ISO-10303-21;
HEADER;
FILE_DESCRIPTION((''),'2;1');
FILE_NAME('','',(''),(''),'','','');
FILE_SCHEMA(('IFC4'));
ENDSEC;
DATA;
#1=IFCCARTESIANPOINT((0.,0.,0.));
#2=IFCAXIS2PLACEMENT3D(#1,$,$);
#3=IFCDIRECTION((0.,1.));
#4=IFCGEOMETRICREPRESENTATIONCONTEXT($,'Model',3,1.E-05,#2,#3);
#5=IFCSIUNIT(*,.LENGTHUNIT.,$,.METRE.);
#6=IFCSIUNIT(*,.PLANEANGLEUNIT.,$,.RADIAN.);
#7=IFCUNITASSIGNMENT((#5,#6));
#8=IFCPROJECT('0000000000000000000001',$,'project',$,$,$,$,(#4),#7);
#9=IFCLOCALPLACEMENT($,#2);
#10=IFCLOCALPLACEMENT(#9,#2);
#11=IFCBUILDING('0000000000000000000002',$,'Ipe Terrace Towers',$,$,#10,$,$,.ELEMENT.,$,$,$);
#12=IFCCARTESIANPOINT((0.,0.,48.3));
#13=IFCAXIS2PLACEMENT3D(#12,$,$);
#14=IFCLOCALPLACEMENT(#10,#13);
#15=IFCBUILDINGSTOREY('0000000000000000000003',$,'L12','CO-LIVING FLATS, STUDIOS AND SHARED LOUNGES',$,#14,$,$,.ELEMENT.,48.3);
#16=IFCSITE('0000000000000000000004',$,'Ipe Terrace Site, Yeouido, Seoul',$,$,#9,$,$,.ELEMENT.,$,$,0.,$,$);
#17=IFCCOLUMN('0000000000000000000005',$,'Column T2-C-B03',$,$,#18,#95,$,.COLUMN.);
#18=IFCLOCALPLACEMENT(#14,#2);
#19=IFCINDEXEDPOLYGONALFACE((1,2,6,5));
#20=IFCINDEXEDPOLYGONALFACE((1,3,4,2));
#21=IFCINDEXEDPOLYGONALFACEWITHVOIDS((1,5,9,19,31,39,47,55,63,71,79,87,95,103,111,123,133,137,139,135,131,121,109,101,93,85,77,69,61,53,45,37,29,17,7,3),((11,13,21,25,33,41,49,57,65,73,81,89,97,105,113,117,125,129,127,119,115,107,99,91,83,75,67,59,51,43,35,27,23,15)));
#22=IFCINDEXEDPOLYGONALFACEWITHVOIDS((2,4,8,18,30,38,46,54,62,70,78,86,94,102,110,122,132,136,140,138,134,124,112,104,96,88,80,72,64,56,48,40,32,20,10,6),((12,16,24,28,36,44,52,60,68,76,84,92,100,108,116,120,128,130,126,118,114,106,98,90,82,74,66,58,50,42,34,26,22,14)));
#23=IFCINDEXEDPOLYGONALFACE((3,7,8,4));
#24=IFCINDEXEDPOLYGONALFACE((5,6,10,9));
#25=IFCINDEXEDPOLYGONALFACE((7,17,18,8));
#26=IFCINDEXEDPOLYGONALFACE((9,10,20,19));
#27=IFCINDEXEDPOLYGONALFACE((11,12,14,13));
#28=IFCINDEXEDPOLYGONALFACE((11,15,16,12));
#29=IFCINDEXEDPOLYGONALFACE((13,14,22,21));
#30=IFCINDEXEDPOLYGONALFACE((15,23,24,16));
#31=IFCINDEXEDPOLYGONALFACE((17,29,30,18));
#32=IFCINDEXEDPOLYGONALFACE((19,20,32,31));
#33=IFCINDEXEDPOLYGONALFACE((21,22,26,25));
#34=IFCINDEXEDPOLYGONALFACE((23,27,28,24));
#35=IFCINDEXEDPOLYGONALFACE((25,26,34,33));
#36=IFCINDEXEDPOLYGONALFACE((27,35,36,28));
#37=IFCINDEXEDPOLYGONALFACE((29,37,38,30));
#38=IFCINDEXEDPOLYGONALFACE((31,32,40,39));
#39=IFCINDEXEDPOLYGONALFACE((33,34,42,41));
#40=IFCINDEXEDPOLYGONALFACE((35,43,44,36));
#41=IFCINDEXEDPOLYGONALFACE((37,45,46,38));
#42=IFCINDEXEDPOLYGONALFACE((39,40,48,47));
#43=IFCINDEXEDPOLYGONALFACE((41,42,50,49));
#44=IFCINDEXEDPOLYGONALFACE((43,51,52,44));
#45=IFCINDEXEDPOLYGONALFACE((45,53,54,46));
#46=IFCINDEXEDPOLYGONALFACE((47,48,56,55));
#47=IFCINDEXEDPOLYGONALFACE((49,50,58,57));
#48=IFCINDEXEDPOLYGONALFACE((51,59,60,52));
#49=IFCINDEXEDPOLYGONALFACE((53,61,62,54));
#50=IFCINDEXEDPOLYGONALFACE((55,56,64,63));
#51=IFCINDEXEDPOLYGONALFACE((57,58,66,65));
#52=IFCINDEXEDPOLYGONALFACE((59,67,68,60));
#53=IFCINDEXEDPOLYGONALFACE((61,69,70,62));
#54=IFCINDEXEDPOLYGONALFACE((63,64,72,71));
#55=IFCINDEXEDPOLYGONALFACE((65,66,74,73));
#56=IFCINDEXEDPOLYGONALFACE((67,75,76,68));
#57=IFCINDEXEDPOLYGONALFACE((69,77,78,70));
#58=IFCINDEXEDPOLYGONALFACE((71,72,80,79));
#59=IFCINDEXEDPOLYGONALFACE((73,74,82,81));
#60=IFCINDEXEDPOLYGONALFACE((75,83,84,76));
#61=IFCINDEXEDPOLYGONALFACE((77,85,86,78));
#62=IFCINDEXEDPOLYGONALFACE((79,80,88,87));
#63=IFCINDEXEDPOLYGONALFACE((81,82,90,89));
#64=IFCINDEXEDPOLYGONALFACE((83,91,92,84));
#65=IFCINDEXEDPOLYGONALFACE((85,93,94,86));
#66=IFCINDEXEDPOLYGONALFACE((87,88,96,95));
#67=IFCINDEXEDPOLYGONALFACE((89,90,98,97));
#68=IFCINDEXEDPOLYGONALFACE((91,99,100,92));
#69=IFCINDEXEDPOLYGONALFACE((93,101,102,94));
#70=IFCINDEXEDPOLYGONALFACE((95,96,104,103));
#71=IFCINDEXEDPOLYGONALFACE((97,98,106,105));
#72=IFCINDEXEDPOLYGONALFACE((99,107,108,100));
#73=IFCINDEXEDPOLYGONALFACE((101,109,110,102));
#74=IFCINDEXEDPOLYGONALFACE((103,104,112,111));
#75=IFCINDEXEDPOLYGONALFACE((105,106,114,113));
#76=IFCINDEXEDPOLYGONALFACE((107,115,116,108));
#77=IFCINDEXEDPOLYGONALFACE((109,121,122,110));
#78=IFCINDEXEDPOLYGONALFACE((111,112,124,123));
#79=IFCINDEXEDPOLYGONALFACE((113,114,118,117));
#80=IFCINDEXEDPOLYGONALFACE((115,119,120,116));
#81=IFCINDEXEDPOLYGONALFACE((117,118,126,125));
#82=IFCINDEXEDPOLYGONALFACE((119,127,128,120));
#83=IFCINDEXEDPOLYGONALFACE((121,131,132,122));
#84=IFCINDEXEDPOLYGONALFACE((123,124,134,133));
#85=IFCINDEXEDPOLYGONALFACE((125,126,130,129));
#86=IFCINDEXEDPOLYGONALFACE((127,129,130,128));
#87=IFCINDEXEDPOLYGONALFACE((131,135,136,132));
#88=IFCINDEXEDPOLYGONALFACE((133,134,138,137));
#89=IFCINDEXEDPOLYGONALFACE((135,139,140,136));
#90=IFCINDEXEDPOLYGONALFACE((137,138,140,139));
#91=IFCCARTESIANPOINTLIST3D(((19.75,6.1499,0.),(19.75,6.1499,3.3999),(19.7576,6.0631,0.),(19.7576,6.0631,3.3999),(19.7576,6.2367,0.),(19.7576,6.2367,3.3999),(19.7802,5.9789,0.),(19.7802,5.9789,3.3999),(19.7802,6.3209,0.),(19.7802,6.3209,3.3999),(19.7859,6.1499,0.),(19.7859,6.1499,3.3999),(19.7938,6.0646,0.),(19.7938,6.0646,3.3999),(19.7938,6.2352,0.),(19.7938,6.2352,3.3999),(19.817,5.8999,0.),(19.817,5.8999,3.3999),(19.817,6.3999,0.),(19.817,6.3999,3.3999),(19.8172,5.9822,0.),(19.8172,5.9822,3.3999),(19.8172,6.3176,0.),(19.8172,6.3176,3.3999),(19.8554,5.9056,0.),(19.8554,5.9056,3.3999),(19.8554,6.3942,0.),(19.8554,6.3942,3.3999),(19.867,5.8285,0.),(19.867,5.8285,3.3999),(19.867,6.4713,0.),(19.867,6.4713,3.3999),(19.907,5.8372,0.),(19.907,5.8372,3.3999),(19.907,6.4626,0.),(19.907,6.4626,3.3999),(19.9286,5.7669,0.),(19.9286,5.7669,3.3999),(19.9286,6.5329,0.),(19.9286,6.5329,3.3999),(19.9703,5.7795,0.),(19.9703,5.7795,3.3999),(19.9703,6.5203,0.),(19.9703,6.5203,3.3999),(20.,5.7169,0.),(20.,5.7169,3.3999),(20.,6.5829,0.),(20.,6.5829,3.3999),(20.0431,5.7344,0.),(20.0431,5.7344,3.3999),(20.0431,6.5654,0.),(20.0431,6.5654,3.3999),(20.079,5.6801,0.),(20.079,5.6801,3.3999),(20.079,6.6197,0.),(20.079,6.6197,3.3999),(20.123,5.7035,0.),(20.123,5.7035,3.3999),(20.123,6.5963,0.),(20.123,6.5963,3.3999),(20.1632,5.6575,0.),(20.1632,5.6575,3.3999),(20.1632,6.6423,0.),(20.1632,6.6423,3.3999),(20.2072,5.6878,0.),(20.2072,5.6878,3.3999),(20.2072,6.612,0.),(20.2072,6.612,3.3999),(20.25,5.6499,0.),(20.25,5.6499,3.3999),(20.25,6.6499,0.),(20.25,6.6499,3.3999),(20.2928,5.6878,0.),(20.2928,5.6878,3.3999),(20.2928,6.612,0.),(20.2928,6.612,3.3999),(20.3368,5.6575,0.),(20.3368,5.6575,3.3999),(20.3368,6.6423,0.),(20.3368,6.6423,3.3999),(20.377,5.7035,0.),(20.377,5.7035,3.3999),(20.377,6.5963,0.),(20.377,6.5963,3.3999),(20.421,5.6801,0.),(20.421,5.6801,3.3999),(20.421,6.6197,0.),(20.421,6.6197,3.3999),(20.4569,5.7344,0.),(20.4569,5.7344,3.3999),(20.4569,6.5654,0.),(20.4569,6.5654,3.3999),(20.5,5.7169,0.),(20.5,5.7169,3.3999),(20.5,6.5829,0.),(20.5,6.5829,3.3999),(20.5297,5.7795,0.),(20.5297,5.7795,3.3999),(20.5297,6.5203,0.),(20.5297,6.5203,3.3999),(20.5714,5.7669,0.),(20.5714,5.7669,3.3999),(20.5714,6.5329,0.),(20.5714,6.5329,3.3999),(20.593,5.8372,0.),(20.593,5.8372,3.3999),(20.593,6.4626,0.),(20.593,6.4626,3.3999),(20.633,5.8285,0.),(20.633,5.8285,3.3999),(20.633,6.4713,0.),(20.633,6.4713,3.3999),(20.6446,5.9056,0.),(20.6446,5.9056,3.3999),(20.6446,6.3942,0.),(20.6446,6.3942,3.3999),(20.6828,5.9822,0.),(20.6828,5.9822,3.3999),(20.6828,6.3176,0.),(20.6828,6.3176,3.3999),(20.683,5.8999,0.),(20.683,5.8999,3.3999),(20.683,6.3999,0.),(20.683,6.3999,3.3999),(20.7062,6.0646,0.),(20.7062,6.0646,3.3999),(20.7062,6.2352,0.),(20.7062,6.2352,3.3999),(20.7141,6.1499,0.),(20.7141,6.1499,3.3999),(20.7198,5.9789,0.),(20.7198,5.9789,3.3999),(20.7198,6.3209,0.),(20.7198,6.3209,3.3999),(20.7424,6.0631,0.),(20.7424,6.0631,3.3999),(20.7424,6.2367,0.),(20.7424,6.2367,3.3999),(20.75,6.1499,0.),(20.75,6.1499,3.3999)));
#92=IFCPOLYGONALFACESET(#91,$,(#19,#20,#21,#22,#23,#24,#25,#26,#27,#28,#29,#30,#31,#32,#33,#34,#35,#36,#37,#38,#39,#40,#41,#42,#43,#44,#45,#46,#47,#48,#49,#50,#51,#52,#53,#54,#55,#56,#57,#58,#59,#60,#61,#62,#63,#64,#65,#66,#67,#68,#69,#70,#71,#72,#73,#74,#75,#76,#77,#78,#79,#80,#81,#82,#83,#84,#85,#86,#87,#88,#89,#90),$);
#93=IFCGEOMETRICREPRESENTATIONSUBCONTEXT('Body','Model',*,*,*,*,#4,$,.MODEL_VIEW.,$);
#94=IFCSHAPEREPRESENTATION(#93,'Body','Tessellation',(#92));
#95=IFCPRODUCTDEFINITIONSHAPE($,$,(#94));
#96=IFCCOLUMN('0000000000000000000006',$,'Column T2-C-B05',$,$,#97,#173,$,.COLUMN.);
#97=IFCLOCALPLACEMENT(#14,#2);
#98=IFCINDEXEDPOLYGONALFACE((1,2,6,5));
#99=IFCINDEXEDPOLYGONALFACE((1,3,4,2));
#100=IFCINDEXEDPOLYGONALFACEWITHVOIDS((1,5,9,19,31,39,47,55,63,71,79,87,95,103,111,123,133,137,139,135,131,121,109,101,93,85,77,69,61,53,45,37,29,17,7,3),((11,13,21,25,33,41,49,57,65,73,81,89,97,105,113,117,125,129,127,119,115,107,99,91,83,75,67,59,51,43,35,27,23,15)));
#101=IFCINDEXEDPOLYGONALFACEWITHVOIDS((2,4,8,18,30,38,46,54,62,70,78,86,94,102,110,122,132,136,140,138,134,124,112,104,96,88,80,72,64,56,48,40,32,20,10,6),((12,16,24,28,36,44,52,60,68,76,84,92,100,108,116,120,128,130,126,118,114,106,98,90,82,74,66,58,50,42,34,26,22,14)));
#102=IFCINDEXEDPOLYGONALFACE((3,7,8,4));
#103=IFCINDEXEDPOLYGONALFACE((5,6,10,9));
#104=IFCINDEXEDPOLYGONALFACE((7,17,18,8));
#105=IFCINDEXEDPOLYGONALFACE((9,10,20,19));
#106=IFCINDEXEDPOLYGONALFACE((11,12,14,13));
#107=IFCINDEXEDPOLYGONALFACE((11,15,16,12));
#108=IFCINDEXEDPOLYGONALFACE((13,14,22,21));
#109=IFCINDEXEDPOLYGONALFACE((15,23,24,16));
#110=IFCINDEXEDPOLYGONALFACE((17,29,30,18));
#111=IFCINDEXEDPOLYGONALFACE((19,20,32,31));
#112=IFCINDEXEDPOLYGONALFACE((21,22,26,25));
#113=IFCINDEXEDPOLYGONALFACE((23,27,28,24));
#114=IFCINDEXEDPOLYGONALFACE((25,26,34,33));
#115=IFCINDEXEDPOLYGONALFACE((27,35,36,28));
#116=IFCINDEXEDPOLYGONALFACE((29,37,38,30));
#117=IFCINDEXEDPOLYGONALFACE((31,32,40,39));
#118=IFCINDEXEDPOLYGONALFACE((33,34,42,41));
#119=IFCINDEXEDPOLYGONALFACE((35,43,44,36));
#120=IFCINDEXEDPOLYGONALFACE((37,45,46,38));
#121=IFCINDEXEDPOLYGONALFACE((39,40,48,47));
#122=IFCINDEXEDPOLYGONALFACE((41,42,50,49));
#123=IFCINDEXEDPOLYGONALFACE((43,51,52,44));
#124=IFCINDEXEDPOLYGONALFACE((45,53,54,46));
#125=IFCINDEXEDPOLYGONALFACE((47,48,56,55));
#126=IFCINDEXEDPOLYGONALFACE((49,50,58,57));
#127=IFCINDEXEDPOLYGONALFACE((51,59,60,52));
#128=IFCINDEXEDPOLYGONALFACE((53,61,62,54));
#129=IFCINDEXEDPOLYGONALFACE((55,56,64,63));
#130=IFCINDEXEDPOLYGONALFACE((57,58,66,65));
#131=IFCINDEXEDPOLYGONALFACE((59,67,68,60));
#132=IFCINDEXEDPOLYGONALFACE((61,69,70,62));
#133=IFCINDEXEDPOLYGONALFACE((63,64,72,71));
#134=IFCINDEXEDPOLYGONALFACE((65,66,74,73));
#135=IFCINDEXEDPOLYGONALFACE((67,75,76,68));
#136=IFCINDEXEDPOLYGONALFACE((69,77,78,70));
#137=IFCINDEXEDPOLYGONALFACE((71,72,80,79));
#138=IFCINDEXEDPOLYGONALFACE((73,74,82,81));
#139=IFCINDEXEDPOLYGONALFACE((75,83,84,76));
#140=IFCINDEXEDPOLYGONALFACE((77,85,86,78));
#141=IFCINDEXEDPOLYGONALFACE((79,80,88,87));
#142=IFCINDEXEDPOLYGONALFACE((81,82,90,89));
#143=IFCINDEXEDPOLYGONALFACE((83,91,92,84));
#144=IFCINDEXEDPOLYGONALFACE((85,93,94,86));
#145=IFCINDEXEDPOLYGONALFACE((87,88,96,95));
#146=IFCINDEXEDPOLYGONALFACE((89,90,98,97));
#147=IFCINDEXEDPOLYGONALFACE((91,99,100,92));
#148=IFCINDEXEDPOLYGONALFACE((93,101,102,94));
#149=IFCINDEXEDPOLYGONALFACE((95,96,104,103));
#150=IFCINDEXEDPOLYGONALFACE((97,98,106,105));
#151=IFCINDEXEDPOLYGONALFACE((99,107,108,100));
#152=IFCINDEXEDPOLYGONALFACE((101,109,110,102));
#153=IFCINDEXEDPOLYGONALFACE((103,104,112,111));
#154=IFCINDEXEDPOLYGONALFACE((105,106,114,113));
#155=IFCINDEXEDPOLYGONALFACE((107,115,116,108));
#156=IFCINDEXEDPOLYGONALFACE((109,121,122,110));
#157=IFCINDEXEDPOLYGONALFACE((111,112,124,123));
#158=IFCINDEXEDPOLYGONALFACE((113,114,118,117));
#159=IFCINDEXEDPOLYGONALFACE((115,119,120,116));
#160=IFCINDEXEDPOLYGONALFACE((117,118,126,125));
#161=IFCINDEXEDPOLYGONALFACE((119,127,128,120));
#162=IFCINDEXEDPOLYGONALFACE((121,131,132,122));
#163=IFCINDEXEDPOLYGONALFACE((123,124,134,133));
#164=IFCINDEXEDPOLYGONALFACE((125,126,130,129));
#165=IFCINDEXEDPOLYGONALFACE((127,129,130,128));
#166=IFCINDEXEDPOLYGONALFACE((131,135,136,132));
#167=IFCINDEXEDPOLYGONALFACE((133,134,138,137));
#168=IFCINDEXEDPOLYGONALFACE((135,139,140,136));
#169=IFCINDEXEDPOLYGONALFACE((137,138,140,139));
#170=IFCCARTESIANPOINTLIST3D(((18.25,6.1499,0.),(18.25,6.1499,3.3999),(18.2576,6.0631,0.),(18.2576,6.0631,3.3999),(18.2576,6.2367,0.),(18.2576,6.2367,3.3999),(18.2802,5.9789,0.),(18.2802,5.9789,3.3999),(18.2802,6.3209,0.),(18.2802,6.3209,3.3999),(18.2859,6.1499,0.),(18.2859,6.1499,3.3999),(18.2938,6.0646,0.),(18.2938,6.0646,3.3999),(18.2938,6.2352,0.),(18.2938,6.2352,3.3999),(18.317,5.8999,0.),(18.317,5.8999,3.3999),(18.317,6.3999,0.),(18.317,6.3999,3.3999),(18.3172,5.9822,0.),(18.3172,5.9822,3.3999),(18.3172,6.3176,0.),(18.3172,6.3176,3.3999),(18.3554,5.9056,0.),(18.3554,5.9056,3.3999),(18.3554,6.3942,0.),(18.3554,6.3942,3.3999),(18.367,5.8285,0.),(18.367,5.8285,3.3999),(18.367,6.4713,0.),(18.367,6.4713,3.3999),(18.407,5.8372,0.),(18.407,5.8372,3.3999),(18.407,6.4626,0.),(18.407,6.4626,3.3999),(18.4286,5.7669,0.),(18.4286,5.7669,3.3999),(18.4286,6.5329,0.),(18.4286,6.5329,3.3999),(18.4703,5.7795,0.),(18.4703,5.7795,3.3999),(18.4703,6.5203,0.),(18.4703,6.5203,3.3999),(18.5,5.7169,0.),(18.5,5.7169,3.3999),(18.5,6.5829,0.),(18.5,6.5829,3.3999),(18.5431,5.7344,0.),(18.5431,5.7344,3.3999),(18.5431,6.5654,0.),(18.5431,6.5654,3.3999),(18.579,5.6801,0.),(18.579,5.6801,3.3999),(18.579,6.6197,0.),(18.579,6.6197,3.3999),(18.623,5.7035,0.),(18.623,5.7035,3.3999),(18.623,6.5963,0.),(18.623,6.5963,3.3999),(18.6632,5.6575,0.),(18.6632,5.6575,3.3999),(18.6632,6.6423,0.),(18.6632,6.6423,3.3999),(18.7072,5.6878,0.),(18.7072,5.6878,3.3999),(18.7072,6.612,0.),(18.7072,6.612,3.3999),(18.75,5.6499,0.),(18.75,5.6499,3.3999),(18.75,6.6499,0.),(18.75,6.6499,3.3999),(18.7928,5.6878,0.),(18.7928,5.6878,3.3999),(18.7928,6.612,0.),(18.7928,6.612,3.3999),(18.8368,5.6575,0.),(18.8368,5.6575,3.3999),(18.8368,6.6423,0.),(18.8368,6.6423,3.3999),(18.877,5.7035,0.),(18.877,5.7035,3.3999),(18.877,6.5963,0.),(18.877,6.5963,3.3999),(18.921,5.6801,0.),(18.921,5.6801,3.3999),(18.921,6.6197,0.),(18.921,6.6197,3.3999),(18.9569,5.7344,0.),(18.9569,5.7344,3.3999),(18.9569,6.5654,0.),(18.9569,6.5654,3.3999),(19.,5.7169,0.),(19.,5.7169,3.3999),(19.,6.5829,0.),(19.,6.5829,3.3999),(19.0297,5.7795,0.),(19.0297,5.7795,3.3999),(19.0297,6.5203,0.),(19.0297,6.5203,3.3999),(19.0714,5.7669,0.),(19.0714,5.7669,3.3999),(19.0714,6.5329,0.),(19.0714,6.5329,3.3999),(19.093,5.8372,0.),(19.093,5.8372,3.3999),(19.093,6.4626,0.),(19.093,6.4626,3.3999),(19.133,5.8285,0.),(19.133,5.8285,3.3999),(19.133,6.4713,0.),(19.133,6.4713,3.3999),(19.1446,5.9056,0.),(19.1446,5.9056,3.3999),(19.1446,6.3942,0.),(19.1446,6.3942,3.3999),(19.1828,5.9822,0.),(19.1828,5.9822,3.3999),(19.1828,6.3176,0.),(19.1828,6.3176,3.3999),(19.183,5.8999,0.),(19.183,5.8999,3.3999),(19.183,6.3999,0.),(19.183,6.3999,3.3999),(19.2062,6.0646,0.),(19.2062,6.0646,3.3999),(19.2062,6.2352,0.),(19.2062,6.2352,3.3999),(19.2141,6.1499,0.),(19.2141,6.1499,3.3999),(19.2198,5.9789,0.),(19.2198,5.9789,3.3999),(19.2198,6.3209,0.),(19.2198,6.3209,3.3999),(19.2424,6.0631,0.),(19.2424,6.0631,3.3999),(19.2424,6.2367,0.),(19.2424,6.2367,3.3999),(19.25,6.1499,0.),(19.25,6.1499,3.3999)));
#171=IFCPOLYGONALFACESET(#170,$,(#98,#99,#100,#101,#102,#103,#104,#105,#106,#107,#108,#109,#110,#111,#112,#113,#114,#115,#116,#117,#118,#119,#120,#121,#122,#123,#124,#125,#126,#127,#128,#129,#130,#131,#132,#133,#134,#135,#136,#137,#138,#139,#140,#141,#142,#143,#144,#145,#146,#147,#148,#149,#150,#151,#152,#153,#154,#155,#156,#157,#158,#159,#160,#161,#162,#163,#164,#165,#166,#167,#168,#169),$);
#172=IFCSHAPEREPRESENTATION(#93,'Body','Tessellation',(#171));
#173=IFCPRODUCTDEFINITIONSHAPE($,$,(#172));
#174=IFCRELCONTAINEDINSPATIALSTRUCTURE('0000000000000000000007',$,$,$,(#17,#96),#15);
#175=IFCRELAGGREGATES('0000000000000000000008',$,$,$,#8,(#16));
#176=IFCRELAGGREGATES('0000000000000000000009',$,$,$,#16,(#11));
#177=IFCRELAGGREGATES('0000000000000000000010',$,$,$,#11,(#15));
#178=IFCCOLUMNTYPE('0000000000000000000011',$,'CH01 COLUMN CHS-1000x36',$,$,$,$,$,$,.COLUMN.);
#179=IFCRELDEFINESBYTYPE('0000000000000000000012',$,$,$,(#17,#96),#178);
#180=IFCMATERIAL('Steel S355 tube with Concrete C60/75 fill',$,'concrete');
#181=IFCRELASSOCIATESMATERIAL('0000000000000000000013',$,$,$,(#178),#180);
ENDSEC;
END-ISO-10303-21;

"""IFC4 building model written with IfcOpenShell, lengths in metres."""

from ifc_helpers import new_model, si_unit, direction, frame, origin, origin_2d, place, context, subcontext, project, spatial, hollow_circle, extrude, material, material_profile, profile_set, type_object, element, save


model = new_model("IFC4")

# Units and contexts
model_context = context("Model", 3, precision=1e-05, world=origin(), true_north=direction((0.0, 1.0)))
body_context = subcontext(model_context, "Body", "Model", "MODEL_VIEW")
ifc_project = project(units=[si_unit("LENGTHUNIT", "METRE"), si_unit("PLANEANGLEUNIT", "RADIAN")], contexts=[model_context])

# Site, building, storey
site_placement = place(None, origin())
site = spatial("IfcSite", under=ifc_project, at=site_placement, Name="Ipe Terrace Site, Yeouido, Seoul", CompositionType="ELEMENT", RefElevation=0.0)
building_placement = place(site_placement, origin())
building = spatial("IfcBuilding", under=site, at=building_placement, Name="Ipe Terrace Towers", CompositionType="ELEMENT")
storey_placement = place(building_placement, frame((0.0, 0.0, 48.3)))
storey = spatial("IfcBuildingStorey", under=building, at=storey_placement, Name="L12", Description="CO-LIVING FLATS, STUDIOS AND SHARED LOUNGES", CompositionType="ELEMENT", Elevation=48.3)

# Columns
ifc_material_1 = material(Name="Steel S355 tube with Concrete C60/75 fill", Category="concrete")
ifc_material_profile_1 = material_profile(ifc_material_1, hollow_circle(Radius=0.5, WallThickness=0.0359, at=origin_2d()), Name="CHS-1000x36")
ifc_profile_set_1 = profile_set([ifc_material_profile_1], Name="Steel S355 tube with Concrete C60/75 fill")
column_type = type_object("IfcColumnType", Name="CH01 COLUMN CHS-1000x36", PredefinedType="COLUMN", material=ifc_profile_set_1)
for number, where, z_axis, x_axis, name in (
    (1, (20.25, 6.1499, 0.0), (0.0, 0.0, 1.0), (1.0, 0.0, 0.0), "Column T2-C-B03"),
    (2, (18.75, 6.1499, 0.0), (0.0, 0.0, 1.0), (1.0, 0.0, 0.0), "Column T2-C-B05"),
):
    element("IfcColumn", number, at=place(storey_placement, frame(where, z_axis=z_axis, x_axis=x_axis)), inside=storey, type_object=column_type, Name=name, PredefinedType="COLUMN", context=body_context, shape_type="SweptSolid", body=[
        extrude(hollow_circle(Radius=0.5, WallThickness=0.0359, at=origin_2d()), origin(), (0.0, 0.0, 1.0), 3.3999),
    ])

save(model, "model.ifc")
